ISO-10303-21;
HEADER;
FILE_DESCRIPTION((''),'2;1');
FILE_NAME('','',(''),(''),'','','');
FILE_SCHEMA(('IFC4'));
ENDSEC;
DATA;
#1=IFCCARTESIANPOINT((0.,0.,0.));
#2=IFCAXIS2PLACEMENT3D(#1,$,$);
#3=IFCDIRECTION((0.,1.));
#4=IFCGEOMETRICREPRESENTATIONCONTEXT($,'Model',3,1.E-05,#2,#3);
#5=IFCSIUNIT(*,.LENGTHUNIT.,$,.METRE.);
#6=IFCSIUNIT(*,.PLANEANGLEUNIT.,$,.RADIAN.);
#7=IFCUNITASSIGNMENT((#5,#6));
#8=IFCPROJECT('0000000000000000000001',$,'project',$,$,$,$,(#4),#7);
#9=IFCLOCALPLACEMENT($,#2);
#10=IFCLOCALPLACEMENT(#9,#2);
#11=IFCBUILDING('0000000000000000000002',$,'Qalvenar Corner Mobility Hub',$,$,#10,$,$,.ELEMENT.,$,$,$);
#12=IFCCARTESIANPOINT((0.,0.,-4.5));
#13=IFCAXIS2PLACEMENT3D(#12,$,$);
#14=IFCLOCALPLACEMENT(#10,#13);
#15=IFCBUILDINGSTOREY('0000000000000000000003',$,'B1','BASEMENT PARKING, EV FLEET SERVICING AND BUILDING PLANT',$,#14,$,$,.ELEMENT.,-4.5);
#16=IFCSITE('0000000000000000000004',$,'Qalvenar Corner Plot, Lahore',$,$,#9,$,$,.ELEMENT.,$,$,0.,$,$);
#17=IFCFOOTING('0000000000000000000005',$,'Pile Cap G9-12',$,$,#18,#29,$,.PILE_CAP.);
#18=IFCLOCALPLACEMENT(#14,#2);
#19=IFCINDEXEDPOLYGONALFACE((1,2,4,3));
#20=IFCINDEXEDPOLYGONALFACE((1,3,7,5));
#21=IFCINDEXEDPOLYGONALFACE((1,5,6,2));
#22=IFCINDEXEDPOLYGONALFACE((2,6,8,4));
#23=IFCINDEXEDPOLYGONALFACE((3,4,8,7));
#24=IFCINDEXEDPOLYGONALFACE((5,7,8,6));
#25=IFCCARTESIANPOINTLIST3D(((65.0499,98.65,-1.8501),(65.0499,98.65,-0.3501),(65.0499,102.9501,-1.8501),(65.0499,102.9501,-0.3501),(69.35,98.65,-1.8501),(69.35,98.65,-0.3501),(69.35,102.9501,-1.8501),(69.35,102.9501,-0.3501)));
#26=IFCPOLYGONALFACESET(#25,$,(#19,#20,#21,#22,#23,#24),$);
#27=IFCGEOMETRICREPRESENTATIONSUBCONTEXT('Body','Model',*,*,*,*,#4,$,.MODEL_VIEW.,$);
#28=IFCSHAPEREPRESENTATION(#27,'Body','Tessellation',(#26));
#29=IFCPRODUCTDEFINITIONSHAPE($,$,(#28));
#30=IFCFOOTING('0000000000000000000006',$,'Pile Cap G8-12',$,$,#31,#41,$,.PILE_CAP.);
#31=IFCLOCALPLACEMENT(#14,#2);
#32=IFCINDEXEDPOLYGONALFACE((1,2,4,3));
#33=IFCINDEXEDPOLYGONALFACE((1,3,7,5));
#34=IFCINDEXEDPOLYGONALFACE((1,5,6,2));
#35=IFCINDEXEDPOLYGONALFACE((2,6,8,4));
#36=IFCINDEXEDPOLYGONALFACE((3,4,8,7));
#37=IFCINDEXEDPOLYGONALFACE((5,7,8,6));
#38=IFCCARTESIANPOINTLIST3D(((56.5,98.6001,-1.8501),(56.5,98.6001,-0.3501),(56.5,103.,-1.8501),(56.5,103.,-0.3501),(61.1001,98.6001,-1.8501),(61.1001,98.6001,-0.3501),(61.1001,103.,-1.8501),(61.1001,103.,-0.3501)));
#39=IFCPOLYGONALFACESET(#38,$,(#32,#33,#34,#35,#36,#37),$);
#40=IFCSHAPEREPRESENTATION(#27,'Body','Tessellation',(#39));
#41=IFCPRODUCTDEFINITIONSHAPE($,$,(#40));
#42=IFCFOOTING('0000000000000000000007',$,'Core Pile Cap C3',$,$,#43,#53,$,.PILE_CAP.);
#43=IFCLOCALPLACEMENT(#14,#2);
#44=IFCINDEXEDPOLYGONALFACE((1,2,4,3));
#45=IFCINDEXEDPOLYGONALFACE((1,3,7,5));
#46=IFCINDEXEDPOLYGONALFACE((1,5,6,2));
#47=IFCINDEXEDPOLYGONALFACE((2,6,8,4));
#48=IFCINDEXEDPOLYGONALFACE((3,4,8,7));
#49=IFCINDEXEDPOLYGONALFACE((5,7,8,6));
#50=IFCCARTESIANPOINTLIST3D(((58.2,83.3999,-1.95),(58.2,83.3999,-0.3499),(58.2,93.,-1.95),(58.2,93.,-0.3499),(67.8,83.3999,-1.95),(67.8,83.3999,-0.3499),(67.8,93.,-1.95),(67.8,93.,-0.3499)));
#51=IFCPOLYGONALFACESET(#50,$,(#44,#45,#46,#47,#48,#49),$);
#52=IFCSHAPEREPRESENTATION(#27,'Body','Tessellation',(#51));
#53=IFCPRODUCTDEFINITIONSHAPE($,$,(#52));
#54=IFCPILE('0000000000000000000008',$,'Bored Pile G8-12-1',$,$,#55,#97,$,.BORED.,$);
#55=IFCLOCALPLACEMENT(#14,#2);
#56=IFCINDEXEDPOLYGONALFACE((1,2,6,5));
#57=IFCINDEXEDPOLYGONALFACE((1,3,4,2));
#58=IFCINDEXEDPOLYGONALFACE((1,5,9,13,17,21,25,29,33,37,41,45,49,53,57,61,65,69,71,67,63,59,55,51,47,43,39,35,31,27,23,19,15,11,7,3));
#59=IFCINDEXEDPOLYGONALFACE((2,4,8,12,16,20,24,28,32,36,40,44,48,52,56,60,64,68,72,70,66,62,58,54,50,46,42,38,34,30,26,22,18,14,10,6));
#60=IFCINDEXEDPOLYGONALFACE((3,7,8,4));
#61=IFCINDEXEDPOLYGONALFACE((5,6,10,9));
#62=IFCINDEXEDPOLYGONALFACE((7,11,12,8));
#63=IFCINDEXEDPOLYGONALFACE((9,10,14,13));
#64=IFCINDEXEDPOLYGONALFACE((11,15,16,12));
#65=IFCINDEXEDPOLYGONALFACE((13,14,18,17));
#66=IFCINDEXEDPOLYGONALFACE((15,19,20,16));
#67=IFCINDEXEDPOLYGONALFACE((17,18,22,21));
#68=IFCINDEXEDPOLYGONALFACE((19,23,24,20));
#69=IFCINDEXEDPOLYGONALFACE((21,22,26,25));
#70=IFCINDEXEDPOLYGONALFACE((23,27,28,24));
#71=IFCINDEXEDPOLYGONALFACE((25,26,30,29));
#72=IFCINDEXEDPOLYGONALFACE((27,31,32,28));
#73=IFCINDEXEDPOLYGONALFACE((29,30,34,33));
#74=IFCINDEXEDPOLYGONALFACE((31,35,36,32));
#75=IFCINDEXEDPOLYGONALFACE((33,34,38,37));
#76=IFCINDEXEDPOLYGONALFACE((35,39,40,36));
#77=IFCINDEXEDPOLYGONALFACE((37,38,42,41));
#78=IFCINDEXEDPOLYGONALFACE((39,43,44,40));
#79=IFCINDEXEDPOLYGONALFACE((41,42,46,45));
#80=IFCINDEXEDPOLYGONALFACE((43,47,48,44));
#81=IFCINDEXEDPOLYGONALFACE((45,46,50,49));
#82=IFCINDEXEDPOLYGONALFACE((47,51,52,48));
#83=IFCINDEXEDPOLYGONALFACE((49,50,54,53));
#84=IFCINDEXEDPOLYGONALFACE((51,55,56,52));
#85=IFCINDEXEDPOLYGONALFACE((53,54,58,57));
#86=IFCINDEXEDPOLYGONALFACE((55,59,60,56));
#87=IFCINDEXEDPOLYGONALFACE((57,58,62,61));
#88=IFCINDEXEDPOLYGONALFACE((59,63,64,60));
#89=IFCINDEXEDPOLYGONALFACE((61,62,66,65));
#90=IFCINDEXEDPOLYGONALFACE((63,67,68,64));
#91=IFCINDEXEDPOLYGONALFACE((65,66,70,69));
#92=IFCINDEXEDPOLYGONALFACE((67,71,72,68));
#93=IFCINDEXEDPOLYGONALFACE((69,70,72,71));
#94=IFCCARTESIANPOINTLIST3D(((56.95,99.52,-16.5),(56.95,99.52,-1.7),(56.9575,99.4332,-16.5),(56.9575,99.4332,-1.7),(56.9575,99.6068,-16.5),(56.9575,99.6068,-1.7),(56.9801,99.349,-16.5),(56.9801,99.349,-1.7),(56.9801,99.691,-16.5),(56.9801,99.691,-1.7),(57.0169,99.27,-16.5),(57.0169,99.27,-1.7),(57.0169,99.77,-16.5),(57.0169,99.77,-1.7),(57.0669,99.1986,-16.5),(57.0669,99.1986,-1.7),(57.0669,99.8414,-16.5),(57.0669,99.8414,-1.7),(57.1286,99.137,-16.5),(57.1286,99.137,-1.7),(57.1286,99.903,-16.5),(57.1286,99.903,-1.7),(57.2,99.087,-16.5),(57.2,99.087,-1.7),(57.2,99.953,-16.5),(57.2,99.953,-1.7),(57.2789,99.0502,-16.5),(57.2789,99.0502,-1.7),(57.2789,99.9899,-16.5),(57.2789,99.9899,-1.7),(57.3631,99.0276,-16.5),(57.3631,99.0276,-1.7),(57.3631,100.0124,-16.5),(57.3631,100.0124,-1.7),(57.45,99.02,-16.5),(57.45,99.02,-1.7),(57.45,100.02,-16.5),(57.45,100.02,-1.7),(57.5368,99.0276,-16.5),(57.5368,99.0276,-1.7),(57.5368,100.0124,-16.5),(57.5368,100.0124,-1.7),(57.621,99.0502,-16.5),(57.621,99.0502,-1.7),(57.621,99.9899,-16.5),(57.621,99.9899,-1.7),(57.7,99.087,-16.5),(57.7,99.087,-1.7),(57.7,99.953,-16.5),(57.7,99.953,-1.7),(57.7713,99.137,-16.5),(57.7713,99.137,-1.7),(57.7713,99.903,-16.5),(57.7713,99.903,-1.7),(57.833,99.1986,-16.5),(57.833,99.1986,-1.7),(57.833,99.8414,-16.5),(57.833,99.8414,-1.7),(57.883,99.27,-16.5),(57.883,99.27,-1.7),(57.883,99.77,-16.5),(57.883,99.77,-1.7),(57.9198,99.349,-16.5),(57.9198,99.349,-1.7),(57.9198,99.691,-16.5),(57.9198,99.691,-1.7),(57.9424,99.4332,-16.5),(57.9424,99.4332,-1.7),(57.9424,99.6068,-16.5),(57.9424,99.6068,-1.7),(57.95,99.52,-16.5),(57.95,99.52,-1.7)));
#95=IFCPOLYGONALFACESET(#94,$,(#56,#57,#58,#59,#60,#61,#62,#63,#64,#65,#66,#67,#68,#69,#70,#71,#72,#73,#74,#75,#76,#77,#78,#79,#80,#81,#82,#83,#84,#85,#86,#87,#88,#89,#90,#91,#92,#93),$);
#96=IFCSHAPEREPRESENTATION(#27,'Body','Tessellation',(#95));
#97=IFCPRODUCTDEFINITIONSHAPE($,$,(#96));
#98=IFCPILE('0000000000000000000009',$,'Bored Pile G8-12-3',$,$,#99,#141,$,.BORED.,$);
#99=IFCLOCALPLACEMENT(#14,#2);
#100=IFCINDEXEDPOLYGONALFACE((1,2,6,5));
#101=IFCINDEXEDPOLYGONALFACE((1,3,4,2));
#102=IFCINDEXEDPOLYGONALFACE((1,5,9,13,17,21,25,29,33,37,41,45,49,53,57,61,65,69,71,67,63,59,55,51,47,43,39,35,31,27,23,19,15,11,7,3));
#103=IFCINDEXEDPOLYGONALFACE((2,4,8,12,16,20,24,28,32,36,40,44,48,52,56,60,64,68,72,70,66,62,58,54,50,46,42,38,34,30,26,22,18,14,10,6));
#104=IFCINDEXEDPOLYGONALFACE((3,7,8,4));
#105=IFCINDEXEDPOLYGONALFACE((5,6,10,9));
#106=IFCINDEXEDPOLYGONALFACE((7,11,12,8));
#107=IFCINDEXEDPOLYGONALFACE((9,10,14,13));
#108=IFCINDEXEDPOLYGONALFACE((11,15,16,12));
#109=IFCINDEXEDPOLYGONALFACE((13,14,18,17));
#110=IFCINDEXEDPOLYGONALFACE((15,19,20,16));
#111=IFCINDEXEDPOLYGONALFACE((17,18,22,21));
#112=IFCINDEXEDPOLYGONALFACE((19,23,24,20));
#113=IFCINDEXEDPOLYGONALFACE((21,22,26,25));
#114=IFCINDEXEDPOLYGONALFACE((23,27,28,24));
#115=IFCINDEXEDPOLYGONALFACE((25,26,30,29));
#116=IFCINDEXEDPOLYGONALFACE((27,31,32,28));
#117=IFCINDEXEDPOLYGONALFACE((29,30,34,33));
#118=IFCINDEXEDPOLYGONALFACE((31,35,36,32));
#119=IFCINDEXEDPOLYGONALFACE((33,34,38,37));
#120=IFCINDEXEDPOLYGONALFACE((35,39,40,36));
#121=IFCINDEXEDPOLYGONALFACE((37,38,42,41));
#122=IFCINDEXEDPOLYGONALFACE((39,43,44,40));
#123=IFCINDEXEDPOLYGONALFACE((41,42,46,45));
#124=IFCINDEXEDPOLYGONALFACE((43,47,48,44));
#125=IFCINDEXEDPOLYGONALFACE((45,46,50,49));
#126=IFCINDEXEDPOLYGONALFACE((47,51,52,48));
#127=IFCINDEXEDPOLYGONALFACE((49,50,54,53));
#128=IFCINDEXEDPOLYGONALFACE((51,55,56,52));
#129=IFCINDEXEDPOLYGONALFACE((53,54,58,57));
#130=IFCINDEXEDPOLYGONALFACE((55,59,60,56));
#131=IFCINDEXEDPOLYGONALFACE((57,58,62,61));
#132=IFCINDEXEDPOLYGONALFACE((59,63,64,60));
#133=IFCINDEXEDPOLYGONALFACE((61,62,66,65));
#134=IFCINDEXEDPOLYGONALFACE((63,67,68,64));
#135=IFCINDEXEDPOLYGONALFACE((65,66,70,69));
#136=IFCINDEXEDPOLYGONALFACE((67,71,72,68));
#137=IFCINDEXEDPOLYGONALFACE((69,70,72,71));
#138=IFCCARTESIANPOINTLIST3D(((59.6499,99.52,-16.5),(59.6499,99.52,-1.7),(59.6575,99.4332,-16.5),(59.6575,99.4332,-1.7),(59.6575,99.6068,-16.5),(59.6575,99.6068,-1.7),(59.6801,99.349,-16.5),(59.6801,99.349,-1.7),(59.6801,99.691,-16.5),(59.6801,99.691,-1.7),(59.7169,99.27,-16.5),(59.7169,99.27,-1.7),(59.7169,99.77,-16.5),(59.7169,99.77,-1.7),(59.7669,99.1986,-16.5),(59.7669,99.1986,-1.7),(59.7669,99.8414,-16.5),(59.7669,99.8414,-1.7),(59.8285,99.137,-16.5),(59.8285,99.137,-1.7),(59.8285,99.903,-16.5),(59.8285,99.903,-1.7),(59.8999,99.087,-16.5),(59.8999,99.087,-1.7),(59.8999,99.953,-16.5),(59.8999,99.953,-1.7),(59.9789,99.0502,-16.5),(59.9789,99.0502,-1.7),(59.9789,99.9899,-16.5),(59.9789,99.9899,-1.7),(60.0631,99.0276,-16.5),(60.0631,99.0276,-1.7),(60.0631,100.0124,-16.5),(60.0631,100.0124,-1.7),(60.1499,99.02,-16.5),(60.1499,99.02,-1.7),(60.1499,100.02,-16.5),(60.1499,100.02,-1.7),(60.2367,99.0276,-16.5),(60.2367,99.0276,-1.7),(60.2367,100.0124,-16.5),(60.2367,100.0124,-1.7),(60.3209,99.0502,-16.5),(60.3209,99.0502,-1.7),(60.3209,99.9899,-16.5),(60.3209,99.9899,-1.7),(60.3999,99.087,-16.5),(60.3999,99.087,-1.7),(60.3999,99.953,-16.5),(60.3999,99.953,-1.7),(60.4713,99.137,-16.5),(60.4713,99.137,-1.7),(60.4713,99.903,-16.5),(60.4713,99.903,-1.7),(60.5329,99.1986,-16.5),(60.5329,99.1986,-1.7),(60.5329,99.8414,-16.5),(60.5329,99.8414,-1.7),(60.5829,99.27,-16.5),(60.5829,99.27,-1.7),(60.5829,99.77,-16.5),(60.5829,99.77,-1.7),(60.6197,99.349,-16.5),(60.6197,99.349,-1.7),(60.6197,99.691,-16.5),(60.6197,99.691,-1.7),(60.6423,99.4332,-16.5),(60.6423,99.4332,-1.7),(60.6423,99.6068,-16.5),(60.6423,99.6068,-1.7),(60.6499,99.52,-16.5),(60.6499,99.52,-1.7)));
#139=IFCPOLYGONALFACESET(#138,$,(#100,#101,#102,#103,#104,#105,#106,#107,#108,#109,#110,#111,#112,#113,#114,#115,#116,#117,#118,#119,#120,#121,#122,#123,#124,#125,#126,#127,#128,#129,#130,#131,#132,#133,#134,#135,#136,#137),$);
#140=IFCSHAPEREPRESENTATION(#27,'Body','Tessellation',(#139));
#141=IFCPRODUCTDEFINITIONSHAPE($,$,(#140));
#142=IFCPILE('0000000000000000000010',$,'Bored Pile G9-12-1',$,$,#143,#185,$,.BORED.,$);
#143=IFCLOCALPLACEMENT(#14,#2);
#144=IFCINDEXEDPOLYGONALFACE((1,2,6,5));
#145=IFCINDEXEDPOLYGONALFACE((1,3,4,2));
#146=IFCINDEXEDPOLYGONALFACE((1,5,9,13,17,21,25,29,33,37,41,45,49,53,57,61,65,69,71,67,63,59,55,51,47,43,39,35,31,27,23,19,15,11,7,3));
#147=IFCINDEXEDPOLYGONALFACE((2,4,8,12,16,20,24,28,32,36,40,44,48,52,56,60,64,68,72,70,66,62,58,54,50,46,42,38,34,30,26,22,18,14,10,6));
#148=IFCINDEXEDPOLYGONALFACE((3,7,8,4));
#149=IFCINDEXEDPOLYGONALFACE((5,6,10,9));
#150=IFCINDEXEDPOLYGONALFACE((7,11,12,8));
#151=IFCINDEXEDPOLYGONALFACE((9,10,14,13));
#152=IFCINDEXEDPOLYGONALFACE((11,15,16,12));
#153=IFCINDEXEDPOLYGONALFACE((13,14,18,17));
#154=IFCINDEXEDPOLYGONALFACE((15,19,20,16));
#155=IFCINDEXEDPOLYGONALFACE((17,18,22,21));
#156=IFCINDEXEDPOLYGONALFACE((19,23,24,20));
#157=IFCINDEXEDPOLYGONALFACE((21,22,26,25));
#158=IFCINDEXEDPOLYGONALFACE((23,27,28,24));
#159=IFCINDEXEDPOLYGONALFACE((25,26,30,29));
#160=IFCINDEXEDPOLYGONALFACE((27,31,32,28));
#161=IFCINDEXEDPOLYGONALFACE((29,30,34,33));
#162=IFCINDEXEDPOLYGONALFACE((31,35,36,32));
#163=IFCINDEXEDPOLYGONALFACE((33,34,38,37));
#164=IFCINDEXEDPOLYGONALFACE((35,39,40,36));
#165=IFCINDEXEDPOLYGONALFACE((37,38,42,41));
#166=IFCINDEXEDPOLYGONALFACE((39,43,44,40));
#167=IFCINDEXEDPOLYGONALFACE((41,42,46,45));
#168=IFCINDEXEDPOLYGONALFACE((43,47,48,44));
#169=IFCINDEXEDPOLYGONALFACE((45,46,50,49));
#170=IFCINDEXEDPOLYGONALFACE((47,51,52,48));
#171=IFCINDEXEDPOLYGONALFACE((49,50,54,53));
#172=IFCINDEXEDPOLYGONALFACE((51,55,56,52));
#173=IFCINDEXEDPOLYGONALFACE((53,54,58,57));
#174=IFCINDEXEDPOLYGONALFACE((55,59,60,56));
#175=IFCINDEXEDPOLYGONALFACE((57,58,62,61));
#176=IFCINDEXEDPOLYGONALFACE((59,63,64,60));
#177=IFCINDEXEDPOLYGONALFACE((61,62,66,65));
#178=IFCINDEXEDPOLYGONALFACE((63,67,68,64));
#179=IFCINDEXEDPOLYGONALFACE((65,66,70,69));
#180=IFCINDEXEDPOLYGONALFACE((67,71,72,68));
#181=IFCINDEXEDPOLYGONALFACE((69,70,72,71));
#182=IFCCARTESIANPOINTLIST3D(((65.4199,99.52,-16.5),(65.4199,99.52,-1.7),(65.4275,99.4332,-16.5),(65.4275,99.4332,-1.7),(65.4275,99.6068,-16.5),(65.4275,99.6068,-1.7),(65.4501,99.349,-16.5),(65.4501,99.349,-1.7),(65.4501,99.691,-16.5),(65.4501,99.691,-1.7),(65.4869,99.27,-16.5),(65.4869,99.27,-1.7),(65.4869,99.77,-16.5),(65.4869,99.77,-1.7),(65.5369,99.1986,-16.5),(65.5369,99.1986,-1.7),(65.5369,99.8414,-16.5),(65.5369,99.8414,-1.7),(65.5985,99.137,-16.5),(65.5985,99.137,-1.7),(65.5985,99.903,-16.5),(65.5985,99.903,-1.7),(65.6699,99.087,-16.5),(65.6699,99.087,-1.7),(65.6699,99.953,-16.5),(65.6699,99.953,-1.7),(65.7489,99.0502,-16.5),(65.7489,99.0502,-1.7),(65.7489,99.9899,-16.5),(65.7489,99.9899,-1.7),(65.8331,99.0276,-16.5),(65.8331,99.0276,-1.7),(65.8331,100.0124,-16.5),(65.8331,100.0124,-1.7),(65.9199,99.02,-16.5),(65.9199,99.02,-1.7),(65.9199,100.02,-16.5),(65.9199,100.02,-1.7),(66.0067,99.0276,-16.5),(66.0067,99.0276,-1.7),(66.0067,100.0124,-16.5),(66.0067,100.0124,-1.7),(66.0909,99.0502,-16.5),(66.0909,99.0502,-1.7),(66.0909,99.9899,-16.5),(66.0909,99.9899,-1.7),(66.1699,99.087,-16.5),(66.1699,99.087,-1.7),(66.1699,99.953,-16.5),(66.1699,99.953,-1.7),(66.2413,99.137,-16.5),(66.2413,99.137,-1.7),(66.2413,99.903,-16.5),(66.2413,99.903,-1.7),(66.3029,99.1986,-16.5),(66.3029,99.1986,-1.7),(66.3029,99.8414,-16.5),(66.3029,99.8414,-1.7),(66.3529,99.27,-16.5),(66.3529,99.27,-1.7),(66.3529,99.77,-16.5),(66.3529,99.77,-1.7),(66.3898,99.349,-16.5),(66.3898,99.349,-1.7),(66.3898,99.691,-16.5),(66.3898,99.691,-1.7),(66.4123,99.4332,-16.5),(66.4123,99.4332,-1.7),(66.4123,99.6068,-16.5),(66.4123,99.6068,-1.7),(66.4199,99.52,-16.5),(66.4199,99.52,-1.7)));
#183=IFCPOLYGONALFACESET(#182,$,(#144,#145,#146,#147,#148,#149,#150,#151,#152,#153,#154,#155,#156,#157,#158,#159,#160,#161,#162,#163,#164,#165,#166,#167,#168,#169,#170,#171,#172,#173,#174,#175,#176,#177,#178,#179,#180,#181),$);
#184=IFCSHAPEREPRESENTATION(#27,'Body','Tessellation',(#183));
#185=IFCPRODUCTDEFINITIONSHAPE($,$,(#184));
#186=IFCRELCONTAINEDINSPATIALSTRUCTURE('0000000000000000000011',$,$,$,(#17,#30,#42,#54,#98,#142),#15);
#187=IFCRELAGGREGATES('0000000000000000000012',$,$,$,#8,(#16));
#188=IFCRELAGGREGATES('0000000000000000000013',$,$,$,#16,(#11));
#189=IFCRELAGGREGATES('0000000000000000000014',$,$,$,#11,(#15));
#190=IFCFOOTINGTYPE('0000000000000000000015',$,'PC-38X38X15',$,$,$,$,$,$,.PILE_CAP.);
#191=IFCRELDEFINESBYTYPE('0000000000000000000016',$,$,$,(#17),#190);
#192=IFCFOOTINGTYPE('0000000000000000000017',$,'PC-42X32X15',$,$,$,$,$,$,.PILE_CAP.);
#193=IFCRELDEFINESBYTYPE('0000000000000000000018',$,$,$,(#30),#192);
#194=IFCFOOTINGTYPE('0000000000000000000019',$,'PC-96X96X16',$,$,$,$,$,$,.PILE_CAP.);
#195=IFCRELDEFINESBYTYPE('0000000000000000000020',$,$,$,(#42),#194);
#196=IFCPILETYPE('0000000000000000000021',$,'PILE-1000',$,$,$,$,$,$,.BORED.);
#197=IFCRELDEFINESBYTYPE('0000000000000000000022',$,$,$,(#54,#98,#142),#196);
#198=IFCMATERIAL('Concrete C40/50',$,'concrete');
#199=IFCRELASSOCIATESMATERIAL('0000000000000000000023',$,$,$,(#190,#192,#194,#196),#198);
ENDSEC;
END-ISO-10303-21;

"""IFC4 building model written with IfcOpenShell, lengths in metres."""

from ifc_helpers import new_model, si_unit, direction, frame, origin, origin_2d, place, context, subcontext, project, spatial, rectangle, circle, extrude, material, material_profile, profile_set, type_object, element, save


model = new_model("IFC4")

# Units and contexts
model_context = context("Model", 3, precision=1e-05, world=origin(), true_north=direction((0.0, 1.0)))
body_context = subcontext(model_context, "Body", "Model", "MODEL_VIEW")
ifc_project = project(units=[si_unit("LENGTHUNIT", "METRE"), si_unit("PLANEANGLEUNIT", "RADIAN")], contexts=[model_context])

# Site, building, storey
site_placement = place(None, origin())
site = spatial("IfcSite", under=ifc_project, at=site_placement, Name="Qalvenar Corner Plot, Lahore", CompositionType="ELEMENT", RefElevation=0.0)
building_placement = place(site_placement, origin())
building = spatial("IfcBuilding", under=site, at=building_placement, Name="Qalvenar Corner Mobility Hub", CompositionType="ELEMENT")
storey_placement = place(building_placement, frame((0.0, 0.0, -4.5)))
storey = spatial("IfcBuildingStorey", under=building, at=storey_placement, Name="B1", Description="BASEMENT PARKING, EV FLEET SERVICING AND BUILDING PLANT", CompositionType="ELEMENT", Elevation=-4.5)

# Footings
ifc_material_1 = material(Name="Concrete C40/50", Category="concrete")
footing_type_1 = type_object("IfcFootingType", Name="PC-38X38X15", PredefinedType="PILE_CAP", material=ifc_material_1)
footing_1_placement = place(storey_placement, frame((67.2, 100.8, -1.8501), z_axis=(0.0, 0.0, 1.0), x_axis=(1.0, 0.0, 0.0)))
element("IfcFooting", 1, at=footing_1_placement, inside=storey, type_object=footing_type_1, Name="Pile Cap G9-12", PredefinedType="PILE_CAP", context=body_context, shape_type="SweptSolid", body=[
    extrude(rectangle(XDim=4.3, YDim=4.3, at=origin_2d()), origin(), (0.0, 0.0, 1.0), 1.5),
])
footing_type_2 = type_object("IfcFootingType", Name="PC-42X32X15", PredefinedType="PILE_CAP", material=ifc_material_1)
footing_2_placement = place(storey_placement, frame((58.8, 100.8, -1.8501), z_axis=(0.0, 0.0, 1.0), x_axis=(1.0, 0.0, 0.0)))
element("IfcFooting", 2, at=footing_2_placement, inside=storey, type_object=footing_type_2, Name="Pile Cap G8-12", PredefinedType="PILE_CAP", context=body_context, shape_type="SweptSolid", body=[
    extrude(rectangle(XDim=4.6001, YDim=4.3999, at=origin_2d()), origin(), (0.0, 0.0, 1.0), 1.5),
])
footing_type_3 = type_object("IfcFootingType", Name="PC-96X96X16", PredefinedType="PILE_CAP", material=ifc_material_1)
footing_3_placement = place(storey_placement, frame((63.0, 88.2, -1.95), z_axis=(0.0, 0.0, 1.0), x_axis=(1.0, 0.0, 0.0)))
element("IfcFooting", 3, at=footing_3_placement, inside=storey, type_object=footing_type_3, Name="Core Pile Cap C3", PredefinedType="PILE_CAP", context=body_context, shape_type="SweptSolid", body=[
    extrude(rectangle(XDim=9.6001, YDim=9.6001, at=origin_2d()), origin(), (0.0, 0.0, 1.0), 1.6001),
])

# Piles
ifc_material_profile_1 = material_profile(ifc_material_1, circle(Radius=0.5, at=origin_2d()), Name="DIA1000")
ifc_profile_set_1 = profile_set([ifc_material_profile_1], Name="Concrete C40/50")
pile_type_1 = type_object("IfcPileType", Name="PILE-1000", PredefinedType="BORED", material=ifc_profile_set_1)
for number, where, z_axis, x_axis, name in (
    (4, (57.45, 99.52, -1.7), (0.0, 0.0, -1.0), (1.0, 0.0, 0.0), "Bored Pile G8-12-1"),
    (5, (60.1499, 99.52, -1.7), (0.0, 0.0, -1.0), (1.0, 0.0, 0.0), "Bored Pile G8-12-3"),
    (6, (65.9199, 99.52, -1.7), (0.0, 0.0, -1.0), (1.0, 0.0, 0.0), "Bored Pile G9-12-1"),
):
    element("IfcPile", number, at=place(storey_placement, frame(where, z_axis=z_axis, x_axis=x_axis)), inside=storey, type_object=pile_type_1, Name=name, PredefinedType="BORED", context=body_context, shape_type="SweptSolid", body=[
        extrude(circle(Radius=0.5, at=origin_2d()), origin(), (0.0, 0.0, 1.0), 14.8),
    ])

save(model, "model.ifc")
